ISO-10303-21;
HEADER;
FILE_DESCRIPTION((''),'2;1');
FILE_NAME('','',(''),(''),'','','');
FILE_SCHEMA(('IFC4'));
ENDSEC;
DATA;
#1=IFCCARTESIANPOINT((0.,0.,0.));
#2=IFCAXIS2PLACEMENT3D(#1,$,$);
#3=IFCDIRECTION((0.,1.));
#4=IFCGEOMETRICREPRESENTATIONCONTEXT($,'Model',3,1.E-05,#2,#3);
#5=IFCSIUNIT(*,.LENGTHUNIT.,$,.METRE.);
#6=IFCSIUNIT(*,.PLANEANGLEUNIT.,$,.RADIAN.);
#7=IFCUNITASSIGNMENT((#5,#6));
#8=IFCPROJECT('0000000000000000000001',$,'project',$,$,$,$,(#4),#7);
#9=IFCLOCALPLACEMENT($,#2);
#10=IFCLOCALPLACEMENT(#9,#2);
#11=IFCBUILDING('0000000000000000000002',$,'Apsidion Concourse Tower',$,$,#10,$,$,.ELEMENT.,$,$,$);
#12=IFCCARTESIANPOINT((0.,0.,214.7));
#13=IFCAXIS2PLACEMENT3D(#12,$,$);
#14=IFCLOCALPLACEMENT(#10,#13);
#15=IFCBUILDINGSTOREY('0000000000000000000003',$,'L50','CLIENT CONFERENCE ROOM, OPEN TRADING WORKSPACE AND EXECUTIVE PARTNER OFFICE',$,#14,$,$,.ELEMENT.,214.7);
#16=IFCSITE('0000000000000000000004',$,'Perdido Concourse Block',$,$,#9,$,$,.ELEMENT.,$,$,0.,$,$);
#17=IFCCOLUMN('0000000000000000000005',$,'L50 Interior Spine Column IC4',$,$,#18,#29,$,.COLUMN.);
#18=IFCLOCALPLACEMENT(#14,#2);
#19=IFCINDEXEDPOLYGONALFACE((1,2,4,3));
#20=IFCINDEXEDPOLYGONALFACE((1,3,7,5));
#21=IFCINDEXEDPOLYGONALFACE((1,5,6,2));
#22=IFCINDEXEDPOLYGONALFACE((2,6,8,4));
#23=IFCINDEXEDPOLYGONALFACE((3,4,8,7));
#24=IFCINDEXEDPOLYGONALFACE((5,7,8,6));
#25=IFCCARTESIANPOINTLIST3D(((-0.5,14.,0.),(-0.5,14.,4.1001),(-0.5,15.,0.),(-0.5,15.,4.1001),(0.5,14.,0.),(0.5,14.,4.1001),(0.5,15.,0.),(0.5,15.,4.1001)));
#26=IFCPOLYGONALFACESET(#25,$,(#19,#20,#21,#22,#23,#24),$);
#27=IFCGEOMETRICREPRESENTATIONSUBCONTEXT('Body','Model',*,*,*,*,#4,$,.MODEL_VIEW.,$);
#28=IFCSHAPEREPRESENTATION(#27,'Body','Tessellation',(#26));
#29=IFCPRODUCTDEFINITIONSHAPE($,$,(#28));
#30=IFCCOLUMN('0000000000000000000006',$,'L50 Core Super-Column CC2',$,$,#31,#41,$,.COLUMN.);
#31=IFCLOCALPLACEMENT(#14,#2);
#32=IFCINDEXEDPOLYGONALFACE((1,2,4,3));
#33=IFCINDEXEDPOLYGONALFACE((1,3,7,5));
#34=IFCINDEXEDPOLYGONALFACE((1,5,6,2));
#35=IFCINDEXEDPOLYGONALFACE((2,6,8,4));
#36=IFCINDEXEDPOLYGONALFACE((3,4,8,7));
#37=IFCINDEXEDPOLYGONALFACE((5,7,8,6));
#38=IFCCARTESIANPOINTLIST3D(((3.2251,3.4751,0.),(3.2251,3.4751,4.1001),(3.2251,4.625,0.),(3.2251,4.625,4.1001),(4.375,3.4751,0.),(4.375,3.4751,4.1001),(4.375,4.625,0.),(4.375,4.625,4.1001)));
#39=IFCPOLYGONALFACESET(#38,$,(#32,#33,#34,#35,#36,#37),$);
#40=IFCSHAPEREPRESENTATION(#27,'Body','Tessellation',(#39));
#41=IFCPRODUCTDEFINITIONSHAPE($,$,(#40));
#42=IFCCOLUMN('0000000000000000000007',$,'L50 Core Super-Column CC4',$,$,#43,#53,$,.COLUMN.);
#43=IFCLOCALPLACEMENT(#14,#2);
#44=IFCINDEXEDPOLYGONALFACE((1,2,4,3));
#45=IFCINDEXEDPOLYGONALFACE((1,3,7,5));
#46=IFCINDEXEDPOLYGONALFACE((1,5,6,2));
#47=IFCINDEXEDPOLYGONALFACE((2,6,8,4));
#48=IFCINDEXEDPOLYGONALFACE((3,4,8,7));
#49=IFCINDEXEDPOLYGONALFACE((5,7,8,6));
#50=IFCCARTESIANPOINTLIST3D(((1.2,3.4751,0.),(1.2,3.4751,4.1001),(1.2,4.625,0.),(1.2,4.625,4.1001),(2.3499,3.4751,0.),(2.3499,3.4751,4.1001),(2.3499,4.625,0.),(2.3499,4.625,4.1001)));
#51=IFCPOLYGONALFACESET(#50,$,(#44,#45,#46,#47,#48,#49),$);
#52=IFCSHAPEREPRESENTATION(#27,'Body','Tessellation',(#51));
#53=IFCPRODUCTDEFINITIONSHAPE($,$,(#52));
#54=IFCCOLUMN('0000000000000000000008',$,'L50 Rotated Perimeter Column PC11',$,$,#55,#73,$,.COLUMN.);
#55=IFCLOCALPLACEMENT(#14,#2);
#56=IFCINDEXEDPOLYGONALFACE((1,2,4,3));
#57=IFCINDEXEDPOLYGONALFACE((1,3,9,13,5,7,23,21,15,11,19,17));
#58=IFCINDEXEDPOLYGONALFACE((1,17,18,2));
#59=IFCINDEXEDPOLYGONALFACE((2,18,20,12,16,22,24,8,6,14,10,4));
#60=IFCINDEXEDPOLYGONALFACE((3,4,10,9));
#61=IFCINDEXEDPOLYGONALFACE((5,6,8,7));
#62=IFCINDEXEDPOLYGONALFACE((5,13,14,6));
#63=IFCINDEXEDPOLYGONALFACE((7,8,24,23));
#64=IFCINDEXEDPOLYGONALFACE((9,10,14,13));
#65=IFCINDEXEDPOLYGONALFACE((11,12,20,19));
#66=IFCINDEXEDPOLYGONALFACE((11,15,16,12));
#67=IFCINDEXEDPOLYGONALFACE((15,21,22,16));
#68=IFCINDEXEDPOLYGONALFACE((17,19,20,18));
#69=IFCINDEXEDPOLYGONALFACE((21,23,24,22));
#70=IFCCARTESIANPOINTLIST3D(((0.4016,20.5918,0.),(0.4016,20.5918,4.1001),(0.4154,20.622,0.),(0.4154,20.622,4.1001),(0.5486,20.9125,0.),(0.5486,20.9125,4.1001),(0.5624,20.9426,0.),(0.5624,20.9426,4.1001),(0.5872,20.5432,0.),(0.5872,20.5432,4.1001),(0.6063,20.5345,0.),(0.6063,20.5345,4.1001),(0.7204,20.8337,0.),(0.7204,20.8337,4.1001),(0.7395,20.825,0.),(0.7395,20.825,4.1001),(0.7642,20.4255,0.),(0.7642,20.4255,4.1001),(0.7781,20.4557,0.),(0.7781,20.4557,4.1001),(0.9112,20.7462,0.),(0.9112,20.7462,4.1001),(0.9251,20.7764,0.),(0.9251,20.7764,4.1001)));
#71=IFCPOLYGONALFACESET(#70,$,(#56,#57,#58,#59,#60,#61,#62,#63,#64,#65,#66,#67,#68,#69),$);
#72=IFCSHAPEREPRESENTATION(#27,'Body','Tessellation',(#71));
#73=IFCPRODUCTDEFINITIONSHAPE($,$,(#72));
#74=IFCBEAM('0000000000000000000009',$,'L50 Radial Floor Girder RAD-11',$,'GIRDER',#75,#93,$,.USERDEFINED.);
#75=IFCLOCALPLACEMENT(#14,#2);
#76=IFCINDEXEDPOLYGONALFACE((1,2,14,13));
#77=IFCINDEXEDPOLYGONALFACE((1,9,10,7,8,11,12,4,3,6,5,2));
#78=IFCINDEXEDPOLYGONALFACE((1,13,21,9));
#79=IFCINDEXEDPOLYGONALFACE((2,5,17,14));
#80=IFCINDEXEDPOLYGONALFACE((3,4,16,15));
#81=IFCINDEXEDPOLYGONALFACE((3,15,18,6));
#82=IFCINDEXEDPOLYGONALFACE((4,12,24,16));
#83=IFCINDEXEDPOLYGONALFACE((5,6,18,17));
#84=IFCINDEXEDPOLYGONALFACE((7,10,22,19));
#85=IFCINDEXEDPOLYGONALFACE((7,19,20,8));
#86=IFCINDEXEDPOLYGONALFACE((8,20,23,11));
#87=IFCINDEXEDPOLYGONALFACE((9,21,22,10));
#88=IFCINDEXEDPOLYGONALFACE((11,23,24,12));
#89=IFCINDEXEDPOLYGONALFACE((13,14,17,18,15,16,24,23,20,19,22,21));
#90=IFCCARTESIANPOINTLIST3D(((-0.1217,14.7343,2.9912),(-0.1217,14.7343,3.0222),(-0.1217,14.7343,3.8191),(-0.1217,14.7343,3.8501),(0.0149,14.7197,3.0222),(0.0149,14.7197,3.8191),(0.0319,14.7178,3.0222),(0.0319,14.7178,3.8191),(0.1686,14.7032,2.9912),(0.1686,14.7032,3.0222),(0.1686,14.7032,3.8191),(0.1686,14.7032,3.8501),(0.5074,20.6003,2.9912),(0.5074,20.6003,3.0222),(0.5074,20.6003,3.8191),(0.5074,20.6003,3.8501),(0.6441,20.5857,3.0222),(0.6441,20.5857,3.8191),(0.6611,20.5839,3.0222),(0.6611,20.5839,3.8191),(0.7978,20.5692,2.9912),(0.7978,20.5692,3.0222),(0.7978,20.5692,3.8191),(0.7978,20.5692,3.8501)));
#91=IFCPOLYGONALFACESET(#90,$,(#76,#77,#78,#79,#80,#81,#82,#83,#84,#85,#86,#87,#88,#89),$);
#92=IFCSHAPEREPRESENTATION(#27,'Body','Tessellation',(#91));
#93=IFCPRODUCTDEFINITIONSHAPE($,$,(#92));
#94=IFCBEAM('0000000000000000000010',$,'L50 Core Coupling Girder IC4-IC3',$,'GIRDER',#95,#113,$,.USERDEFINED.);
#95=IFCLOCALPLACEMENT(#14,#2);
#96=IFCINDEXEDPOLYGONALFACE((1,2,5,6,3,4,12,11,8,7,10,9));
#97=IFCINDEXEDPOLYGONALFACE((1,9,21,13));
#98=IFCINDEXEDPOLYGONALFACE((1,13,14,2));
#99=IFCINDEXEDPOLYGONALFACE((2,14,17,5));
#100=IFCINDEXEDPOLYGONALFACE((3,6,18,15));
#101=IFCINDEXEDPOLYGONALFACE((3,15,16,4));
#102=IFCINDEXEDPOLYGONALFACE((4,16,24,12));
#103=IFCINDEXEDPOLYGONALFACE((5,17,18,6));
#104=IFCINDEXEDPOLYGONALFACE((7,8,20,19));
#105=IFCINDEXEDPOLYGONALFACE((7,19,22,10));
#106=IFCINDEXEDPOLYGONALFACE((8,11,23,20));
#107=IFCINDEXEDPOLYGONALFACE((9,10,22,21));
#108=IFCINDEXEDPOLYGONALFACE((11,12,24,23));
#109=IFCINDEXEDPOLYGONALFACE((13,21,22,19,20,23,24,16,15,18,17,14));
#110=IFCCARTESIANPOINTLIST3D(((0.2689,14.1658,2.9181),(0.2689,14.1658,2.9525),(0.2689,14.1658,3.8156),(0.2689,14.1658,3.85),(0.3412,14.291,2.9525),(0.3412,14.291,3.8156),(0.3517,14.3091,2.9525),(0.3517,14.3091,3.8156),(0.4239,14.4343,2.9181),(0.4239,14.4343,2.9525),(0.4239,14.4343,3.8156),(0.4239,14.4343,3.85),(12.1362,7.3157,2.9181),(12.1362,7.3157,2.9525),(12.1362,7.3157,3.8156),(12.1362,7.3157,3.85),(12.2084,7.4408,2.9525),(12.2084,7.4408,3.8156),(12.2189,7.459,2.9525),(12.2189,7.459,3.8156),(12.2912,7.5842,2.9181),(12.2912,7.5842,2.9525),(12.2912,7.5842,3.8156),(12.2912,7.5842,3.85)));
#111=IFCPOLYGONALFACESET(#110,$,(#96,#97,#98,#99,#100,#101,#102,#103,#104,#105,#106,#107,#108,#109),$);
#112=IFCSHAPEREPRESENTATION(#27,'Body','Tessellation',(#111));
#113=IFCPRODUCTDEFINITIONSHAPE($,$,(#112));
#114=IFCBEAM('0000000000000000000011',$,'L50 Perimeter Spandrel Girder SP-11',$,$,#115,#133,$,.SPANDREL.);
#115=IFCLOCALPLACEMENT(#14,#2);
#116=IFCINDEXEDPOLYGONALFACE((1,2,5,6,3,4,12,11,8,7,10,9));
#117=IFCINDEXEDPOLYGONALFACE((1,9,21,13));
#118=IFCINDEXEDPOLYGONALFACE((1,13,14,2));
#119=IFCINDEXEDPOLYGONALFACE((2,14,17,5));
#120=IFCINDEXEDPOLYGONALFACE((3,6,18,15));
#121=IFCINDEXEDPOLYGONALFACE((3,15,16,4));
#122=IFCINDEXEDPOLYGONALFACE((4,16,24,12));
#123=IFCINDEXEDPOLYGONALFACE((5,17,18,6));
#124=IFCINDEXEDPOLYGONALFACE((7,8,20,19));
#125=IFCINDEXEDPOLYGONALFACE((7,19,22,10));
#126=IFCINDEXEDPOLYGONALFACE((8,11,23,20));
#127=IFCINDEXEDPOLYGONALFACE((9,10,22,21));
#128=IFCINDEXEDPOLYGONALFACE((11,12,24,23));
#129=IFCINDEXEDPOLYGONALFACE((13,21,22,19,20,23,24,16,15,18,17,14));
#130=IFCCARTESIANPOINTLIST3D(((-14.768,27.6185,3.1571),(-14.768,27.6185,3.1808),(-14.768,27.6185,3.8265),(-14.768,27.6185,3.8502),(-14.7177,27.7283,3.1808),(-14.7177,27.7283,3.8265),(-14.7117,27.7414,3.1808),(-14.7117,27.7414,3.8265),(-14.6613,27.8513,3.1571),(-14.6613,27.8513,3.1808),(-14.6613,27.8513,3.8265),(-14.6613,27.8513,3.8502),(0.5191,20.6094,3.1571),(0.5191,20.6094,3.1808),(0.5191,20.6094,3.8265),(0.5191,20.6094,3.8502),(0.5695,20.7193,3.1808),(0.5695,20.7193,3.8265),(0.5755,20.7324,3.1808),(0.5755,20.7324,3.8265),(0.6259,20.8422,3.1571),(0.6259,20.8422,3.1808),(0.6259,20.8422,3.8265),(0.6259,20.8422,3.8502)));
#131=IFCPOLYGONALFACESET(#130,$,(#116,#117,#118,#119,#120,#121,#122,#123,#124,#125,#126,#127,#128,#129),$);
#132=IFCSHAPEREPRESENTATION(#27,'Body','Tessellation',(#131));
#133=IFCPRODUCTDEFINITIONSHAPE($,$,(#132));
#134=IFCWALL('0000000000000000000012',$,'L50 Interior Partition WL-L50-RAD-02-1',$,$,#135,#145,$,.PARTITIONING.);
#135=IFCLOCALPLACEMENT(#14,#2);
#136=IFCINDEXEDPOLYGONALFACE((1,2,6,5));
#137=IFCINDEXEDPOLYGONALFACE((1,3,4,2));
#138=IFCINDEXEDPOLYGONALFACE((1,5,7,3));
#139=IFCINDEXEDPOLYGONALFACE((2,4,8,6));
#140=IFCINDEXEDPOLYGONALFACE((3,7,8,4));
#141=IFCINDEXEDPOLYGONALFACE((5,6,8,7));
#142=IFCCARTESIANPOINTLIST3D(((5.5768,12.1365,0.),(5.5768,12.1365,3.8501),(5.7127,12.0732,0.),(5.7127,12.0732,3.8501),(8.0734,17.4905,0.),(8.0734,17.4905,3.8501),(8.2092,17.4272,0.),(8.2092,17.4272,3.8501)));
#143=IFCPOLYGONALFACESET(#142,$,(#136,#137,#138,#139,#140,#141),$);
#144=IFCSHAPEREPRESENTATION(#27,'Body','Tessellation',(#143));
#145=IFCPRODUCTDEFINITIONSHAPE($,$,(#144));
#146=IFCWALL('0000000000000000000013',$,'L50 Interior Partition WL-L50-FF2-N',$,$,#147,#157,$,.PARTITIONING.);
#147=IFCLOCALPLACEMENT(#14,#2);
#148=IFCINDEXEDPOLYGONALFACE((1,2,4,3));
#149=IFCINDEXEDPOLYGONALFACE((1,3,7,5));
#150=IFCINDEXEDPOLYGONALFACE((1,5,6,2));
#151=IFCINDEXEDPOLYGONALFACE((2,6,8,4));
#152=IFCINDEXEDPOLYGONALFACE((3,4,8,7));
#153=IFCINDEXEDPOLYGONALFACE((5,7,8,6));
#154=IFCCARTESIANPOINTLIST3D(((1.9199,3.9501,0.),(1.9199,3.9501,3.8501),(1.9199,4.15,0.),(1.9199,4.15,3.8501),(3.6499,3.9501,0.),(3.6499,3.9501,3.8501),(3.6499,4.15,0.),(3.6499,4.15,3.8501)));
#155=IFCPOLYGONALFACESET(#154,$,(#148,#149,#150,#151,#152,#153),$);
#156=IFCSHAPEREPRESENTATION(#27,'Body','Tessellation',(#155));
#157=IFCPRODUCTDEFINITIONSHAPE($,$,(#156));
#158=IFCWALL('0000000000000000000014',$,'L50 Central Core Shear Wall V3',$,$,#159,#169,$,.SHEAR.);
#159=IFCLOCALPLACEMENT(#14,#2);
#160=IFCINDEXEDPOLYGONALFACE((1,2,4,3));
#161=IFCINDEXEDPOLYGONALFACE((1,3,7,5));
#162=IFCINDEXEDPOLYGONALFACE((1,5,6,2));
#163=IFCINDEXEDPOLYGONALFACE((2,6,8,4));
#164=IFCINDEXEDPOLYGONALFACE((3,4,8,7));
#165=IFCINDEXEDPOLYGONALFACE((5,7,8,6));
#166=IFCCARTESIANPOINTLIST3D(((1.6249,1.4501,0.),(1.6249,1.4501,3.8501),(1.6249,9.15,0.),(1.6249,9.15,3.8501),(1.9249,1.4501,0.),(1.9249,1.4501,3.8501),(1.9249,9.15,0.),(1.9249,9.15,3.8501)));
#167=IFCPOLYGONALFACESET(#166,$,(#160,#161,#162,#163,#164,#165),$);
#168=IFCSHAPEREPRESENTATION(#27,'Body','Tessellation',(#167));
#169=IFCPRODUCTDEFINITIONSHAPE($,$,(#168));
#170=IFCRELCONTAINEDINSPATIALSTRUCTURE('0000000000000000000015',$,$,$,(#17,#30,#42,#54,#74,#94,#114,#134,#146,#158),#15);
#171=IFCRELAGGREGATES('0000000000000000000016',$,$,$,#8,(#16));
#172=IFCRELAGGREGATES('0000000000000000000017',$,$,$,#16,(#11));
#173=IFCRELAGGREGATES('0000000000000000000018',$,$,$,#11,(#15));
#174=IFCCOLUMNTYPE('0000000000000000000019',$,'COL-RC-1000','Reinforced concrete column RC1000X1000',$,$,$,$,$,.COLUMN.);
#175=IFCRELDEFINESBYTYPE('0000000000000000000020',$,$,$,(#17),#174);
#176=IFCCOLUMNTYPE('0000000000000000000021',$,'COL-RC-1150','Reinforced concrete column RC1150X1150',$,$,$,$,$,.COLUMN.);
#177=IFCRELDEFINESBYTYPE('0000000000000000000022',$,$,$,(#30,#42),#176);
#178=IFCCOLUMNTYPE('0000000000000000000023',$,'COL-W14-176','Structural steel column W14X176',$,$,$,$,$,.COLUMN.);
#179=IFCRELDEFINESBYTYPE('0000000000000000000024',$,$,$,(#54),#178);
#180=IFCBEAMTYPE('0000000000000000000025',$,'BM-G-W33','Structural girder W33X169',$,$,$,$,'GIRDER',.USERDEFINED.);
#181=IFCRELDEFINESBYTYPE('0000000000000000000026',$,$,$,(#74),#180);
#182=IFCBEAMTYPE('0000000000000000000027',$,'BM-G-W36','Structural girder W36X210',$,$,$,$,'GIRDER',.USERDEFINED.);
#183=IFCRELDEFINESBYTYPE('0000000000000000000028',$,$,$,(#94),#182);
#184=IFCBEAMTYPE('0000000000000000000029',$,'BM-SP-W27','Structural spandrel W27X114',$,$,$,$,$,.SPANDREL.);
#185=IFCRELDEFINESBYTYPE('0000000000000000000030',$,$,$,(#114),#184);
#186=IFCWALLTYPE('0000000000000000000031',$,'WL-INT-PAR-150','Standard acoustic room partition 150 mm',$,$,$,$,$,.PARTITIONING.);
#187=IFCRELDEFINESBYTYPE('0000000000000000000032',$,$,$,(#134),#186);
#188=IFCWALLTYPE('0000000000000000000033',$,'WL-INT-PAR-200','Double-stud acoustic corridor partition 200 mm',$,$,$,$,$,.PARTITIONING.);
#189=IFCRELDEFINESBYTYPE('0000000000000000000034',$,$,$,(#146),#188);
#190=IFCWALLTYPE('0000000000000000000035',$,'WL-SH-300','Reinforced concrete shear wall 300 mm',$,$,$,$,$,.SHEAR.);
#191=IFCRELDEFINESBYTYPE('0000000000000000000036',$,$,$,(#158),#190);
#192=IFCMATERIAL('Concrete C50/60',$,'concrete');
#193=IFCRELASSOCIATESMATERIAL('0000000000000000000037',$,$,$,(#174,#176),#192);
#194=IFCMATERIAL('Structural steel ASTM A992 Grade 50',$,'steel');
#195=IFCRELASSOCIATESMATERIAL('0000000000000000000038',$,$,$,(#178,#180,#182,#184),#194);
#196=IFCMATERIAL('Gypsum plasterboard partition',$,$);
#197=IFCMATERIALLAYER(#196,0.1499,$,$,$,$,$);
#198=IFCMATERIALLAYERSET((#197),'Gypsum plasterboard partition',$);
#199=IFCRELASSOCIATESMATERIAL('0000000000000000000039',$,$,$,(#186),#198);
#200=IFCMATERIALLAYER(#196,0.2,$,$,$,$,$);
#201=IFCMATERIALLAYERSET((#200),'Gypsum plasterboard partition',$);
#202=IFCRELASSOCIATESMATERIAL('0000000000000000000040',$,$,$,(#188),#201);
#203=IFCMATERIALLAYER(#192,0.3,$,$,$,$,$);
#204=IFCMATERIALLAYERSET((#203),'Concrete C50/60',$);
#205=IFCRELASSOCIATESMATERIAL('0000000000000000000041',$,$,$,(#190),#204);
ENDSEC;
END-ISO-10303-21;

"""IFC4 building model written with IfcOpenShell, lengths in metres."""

from ifc_helpers import new_model, si_unit, direction, frame, frame_2d, origin, origin_2d, place, context, subcontext, project, spatial, rectangle, i_section, extrude, material, layer, layer_set, material_profile, profile_set, type_object, element, save


model = new_model("IFC4")

# Units and contexts
model_context = context("Model", 3, precision=1e-05, world=origin(), true_north=direction((0.0, 1.0)))
body_context = subcontext(model_context, "Body", "Model", "MODEL_VIEW")
ifc_project = project(units=[si_unit("LENGTHUNIT", "METRE"), si_unit("PLANEANGLEUNIT", "RADIAN")], contexts=[model_context])

# Site, building, storey
site_placement = place(None, origin())
site = spatial("IfcSite", under=ifc_project, at=site_placement, Name="Perdido Concourse Block", CompositionType="ELEMENT", RefElevation=0.0)
building_placement = place(site_placement, origin())
building = spatial("IfcBuilding", under=site, at=building_placement, Name="Apsidion Concourse Tower", CompositionType="ELEMENT")
storey_placement = place(building_placement, frame((0.0, 0.0, 214.7)))
storey = spatial("IfcBuildingStorey", under=building, at=storey_placement, Name="L50", Description="CLIENT CONFERENCE ROOM, OPEN TRADING WORKSPACE AND EXECUTIVE PARTNER OFFICE", CompositionType="ELEMENT", Elevation=214.7)

# Columns
ifc_material_1 = material(Name="Concrete C50/60", Category="concrete")
ifc_material_profile_1 = material_profile(ifc_material_1, rectangle(XDim=1.0, YDim=1.0, at=origin_2d()), Name="RC 1000x1000")
ifc_profile_set_1 = profile_set([ifc_material_profile_1], Name="Concrete C50/60")
column_type_1 = type_object("IfcColumnType", Name="COL-RC-1000", Description="Reinforced concrete column RC1000X1000", PredefinedType="COLUMN", material=ifc_profile_set_1)
column_1_placement = place(storey_placement, frame((0.0, 14.5, 0.0), z_axis=(0.0, 0.0, 1.0), x_axis=(1.0, 0.0, 0.0)))
element("IfcColumn", 1, at=column_1_placement, inside=storey, type_object=column_type_1, Name="L50 Interior Spine Column IC4", PredefinedType="COLUMN", context=body_context, shape_type="SweptSolid", body=[
    extrude(rectangle(XDim=1.0, YDim=1.0, at=origin_2d()), origin(), (0.0, 0.0, 1.0), 4.1001),
])
ifc_material_profile_2 = material_profile(ifc_material_1, rectangle(XDim=1.1499, YDim=1.1499, at=origin_2d()), Name="RC 1150x1150")
ifc_profile_set_2 = profile_set([ifc_material_profile_2], Name="Concrete C50/60")
column_type_2 = type_object("IfcColumnType", Name="COL-RC-1150", Description="Reinforced concrete column RC1150X1150", PredefinedType="COLUMN", material=ifc_profile_set_2)
for number, where, z_axis, x_axis, name in (
    (2, (3.8, 4.05, 0.0), (0.0, 0.0, 1.0), (1.0, 0.0, 0.0), "L50 Core Super-Column CC2"),
    (3, (1.7749, 4.05, 0.0), (0.0, 0.0, 1.0), (1.0, 0.0, 0.0), "L50 Core Super-Column CC4"),
):
    element("IfcColumn", number, at=place(storey_placement, frame(where, z_axis=z_axis, x_axis=x_axis)), inside=storey, type_object=column_type_2, Name=name, PredefinedType="COLUMN", context=body_context, shape_type="SweptSolid", body=[
        extrude(rectangle(XDim=1.1499, YDim=1.1499, at=origin_2d()), origin(), (0.0, 0.0, 1.0), 4.1001),
    ])
ifc_material_2 = material(Name="Structural steel ASTM A992 Grade 50", Category="steel")
ifc_material_profile_3 = material_profile(ifc_material_2, i_section(OverallWidth=0.3989, OverallDepth=0.386, WebThickness=0.021, FlangeThickness=0.0332, at=origin_2d()), Name="W14X176")
ifc_profile_set_3 = profile_set([ifc_material_profile_3], Name="Structural steel ASTM A992 Grade 50")
column_type_3 = type_object("IfcColumnType", Name="COL-W14-176", Description="Structural steel column W14X176", PredefinedType="COLUMN", material=ifc_profile_set_3)
column_2_placement = place(storey_placement, frame((0.6633, 20.6841, 0.0), z_axis=(0.0, 0.0, 1.0), x_axis=(-0.909018, 0.416757, 0.0)))
element("IfcColumn", 4, at=column_2_placement, inside=storey, type_object=column_type_3, Name="L50 Rotated Perimeter Column PC11", PredefinedType="COLUMN", context=body_context, shape_type="SweptSolid", body=[
    extrude(i_section(OverallWidth=0.3989, OverallDepth=0.386, WebThickness=0.021, FlangeThickness=0.0332, at=origin_2d()), origin(), (0.0, 0.0, 1.0), 4.1001),
])

# Beams
ifc_material_profile_4 = material_profile(ifc_material_2, i_section(OverallWidth=0.292, OverallDepth=0.8589, WebThickness=0.0171, FlangeThickness=0.031, at=origin_2d()), Name="W33X169")
ifc_profile_set_4 = profile_set([ifc_material_profile_4], Name="Structural steel ASTM A992 Grade 50")
beam_type_1 = type_object("IfcBeamType", Name="BM-G-W33", Description="Structural girder W33X169", ElementType="GIRDER", PredefinedType="USERDEFINED", material=ifc_profile_set_4)
beam_1_placement = place(storey_placement, frame((0.0234, 14.7188, 3.4207), z_axis=(0.106643, 0.994297, 0.0), x_axis=(-0.994297, 0.106643, 0.0)))
element("IfcBeam", 5, at=beam_1_placement, inside=storey, type_object=beam_type_1, Name="L50 Radial Floor Girder RAD-11", ObjectType="GIRDER", PredefinedType="USERDEFINED", context=body_context, shape_type="SweptSolid", body=[
    extrude(i_section(OverallWidth=0.292, OverallDepth=0.8589, WebThickness=0.0171, FlangeThickness=0.031, at=origin_2d()), origin(), (0.0, 0.0, 1.0), 5.8997),
])
ifc_material_profile_5 = material_profile(ifc_material_2, i_section(OverallWidth=0.3101, OverallDepth=0.9319, WebThickness=0.021, FlangeThickness=0.0344, at=origin_2d()), Name="W36X210")
ifc_profile_set_5 = profile_set([ifc_material_profile_5], Name="Structural steel ASTM A992 Grade 50")
beam_type_2 = type_object("IfcBeamType", Name="BM-G-W36", Description="Structural girder W36X210", ElementType="GIRDER", PredefinedType="USERDEFINED", material=ifc_profile_set_5)
beam_2_placement = place(storey_placement, frame((0.3464, 14.3, 3.384), z_axis=(0.86607, -0.499922, 0.0), x_axis=(0.499922, 0.86607, 0.0)))
element("IfcBeam", 6, at=beam_2_placement, inside=storey, type_object=beam_type_2, Name="L50 Core Coupling Girder IC4-IC3", ObjectType="GIRDER", PredefinedType="USERDEFINED", context=body_context, shape_type="SweptSolid", body=[
    extrude(i_section(OverallWidth=0.3101, OverallDepth=0.9319, WebThickness=0.021, FlangeThickness=0.0344, at=origin_2d()), origin(), (0.0, 0.0, 1.0), 13.7024),
])
ifc_material_profile_6 = material_profile(ifc_material_2, i_section(OverallWidth=0.2561, OverallDepth=0.6931, WebThickness=0.0144, FlangeThickness=0.0237, at=origin_2d()), Name="W27X114")
ifc_profile_set_6 = profile_set([ifc_material_profile_6], Name="Structural steel ASTM A992 Grade 50")
beam_type_3 = type_object("IfcBeamType", Name="BM-SP-W27", Description="Structural spandrel W27X114", PredefinedType="SPANDREL", material=ifc_profile_set_6)
beam_3_placement = place(storey_placement, frame((0.5725, 20.7258, 3.5037), z_axis=(-0.90901, 0.416775, 0.0), x_axis=(-0.416775, -0.90901, 0.0)))
element("IfcBeam", 7, at=beam_3_placement, inside=storey, type_object=beam_type_3, Name="L50 Perimeter Spandrel Girder SP-11", PredefinedType="SPANDREL", context=body_context, shape_type="SweptSolid", body=[
    extrude(i_section(OverallWidth=0.2561, OverallDepth=0.6931, WebThickness=0.0144, FlangeThickness=0.0237, at=origin_2d()), origin(), (0.0, 0.0, 1.0), 16.8174),
])

# Walls
ifc_material_3 = material(Name="Gypsum plasterboard partition")
ifc_layer_1 = layer(ifc_material_3, 0.1499)
ifc_layer_set_1 = layer_set([ifc_layer_1], Name="Gypsum plasterboard partition")
wall_type_1 = type_object("IfcWallType", Name="WL-INT-PAR-150", Description="Standard acoustic room partition 150 mm", PredefinedType="PARTITIONING", material=ifc_layer_set_1)
wall_1_placement = place(storey_placement, frame((5.6448, 12.105, 0.0), z_axis=(0.0, 0.0, 1.0), x_axis=(0.422614, 0.90631, 0.0)))
element("IfcWall", 8, at=wall_1_placement, inside=storey, type_object=wall_type_1, Name="L50 Interior Partition WL-L50-RAD-02-1", PredefinedType="PARTITIONING", context=body_context, shape_type="SweptSolid", body=[
    extrude(rectangle(XDim=5.9075, YDim=0.1499, at=frame_2d((2.9536, 0.0))), origin(), (0.0, 0.0, 1.0), 3.8501),
])
ifc_layer_2 = layer(ifc_material_3, 0.2)
ifc_layer_set_2 = layer_set([ifc_layer_2], Name="Gypsum plasterboard partition")
wall_type_2 = type_object("IfcWallType", Name="WL-INT-PAR-200", Description="Double-stud acoustic corridor partition 200 mm", PredefinedType="PARTITIONING", material=ifc_layer_set_2)
wall_2_placement = place(storey_placement, frame((1.9199, 4.05, 0.0), z_axis=(0.0, 0.0, 1.0), x_axis=(1.0, 0.0, 0.0)))
element("IfcWall", 9, at=wall_2_placement, inside=storey, type_object=wall_type_2, Name="L50 Interior Partition WL-L50-FF2-N", PredefinedType="PARTITIONING", context=body_context, shape_type="SweptSolid", body=[
    extrude(rectangle(XDim=1.73, YDim=0.2, at=frame_2d((0.865, 0.0))), origin(), (0.0, 0.0, 1.0), 3.8501),
])
ifc_layer_3 = layer(ifc_material_1, 0.3)
ifc_layer_set_3 = layer_set([ifc_layer_3], Name="Concrete C50/60")
wall_type_3 = type_object("IfcWallType", Name="WL-SH-300", Description="Reinforced concrete shear wall 300 mm", PredefinedType="SHEAR", material=ifc_layer_set_3)
for number, where, z_axis, x_axis, name in (
    (10, (1.7749, 1.45, 0.0), (0.0, 0.0, 1.0), (0.0, 1.0, 0.0), "L50 Central Core Shear Wall V3"),
):
    element("IfcWall", number, at=place(storey_placement, frame(where, z_axis=z_axis, x_axis=x_axis)), inside=storey, type_object=wall_type_3, Name=name, PredefinedType="SHEAR", context=body_context, shape_type="SweptSolid", body=[
        extrude(rectangle(XDim=7.7, YDim=0.3, at=frame_2d((3.8501, 0.0))), origin(), (0.0, 0.0, 1.0), 3.8501),
    ])

save(model, "model.ifc")
